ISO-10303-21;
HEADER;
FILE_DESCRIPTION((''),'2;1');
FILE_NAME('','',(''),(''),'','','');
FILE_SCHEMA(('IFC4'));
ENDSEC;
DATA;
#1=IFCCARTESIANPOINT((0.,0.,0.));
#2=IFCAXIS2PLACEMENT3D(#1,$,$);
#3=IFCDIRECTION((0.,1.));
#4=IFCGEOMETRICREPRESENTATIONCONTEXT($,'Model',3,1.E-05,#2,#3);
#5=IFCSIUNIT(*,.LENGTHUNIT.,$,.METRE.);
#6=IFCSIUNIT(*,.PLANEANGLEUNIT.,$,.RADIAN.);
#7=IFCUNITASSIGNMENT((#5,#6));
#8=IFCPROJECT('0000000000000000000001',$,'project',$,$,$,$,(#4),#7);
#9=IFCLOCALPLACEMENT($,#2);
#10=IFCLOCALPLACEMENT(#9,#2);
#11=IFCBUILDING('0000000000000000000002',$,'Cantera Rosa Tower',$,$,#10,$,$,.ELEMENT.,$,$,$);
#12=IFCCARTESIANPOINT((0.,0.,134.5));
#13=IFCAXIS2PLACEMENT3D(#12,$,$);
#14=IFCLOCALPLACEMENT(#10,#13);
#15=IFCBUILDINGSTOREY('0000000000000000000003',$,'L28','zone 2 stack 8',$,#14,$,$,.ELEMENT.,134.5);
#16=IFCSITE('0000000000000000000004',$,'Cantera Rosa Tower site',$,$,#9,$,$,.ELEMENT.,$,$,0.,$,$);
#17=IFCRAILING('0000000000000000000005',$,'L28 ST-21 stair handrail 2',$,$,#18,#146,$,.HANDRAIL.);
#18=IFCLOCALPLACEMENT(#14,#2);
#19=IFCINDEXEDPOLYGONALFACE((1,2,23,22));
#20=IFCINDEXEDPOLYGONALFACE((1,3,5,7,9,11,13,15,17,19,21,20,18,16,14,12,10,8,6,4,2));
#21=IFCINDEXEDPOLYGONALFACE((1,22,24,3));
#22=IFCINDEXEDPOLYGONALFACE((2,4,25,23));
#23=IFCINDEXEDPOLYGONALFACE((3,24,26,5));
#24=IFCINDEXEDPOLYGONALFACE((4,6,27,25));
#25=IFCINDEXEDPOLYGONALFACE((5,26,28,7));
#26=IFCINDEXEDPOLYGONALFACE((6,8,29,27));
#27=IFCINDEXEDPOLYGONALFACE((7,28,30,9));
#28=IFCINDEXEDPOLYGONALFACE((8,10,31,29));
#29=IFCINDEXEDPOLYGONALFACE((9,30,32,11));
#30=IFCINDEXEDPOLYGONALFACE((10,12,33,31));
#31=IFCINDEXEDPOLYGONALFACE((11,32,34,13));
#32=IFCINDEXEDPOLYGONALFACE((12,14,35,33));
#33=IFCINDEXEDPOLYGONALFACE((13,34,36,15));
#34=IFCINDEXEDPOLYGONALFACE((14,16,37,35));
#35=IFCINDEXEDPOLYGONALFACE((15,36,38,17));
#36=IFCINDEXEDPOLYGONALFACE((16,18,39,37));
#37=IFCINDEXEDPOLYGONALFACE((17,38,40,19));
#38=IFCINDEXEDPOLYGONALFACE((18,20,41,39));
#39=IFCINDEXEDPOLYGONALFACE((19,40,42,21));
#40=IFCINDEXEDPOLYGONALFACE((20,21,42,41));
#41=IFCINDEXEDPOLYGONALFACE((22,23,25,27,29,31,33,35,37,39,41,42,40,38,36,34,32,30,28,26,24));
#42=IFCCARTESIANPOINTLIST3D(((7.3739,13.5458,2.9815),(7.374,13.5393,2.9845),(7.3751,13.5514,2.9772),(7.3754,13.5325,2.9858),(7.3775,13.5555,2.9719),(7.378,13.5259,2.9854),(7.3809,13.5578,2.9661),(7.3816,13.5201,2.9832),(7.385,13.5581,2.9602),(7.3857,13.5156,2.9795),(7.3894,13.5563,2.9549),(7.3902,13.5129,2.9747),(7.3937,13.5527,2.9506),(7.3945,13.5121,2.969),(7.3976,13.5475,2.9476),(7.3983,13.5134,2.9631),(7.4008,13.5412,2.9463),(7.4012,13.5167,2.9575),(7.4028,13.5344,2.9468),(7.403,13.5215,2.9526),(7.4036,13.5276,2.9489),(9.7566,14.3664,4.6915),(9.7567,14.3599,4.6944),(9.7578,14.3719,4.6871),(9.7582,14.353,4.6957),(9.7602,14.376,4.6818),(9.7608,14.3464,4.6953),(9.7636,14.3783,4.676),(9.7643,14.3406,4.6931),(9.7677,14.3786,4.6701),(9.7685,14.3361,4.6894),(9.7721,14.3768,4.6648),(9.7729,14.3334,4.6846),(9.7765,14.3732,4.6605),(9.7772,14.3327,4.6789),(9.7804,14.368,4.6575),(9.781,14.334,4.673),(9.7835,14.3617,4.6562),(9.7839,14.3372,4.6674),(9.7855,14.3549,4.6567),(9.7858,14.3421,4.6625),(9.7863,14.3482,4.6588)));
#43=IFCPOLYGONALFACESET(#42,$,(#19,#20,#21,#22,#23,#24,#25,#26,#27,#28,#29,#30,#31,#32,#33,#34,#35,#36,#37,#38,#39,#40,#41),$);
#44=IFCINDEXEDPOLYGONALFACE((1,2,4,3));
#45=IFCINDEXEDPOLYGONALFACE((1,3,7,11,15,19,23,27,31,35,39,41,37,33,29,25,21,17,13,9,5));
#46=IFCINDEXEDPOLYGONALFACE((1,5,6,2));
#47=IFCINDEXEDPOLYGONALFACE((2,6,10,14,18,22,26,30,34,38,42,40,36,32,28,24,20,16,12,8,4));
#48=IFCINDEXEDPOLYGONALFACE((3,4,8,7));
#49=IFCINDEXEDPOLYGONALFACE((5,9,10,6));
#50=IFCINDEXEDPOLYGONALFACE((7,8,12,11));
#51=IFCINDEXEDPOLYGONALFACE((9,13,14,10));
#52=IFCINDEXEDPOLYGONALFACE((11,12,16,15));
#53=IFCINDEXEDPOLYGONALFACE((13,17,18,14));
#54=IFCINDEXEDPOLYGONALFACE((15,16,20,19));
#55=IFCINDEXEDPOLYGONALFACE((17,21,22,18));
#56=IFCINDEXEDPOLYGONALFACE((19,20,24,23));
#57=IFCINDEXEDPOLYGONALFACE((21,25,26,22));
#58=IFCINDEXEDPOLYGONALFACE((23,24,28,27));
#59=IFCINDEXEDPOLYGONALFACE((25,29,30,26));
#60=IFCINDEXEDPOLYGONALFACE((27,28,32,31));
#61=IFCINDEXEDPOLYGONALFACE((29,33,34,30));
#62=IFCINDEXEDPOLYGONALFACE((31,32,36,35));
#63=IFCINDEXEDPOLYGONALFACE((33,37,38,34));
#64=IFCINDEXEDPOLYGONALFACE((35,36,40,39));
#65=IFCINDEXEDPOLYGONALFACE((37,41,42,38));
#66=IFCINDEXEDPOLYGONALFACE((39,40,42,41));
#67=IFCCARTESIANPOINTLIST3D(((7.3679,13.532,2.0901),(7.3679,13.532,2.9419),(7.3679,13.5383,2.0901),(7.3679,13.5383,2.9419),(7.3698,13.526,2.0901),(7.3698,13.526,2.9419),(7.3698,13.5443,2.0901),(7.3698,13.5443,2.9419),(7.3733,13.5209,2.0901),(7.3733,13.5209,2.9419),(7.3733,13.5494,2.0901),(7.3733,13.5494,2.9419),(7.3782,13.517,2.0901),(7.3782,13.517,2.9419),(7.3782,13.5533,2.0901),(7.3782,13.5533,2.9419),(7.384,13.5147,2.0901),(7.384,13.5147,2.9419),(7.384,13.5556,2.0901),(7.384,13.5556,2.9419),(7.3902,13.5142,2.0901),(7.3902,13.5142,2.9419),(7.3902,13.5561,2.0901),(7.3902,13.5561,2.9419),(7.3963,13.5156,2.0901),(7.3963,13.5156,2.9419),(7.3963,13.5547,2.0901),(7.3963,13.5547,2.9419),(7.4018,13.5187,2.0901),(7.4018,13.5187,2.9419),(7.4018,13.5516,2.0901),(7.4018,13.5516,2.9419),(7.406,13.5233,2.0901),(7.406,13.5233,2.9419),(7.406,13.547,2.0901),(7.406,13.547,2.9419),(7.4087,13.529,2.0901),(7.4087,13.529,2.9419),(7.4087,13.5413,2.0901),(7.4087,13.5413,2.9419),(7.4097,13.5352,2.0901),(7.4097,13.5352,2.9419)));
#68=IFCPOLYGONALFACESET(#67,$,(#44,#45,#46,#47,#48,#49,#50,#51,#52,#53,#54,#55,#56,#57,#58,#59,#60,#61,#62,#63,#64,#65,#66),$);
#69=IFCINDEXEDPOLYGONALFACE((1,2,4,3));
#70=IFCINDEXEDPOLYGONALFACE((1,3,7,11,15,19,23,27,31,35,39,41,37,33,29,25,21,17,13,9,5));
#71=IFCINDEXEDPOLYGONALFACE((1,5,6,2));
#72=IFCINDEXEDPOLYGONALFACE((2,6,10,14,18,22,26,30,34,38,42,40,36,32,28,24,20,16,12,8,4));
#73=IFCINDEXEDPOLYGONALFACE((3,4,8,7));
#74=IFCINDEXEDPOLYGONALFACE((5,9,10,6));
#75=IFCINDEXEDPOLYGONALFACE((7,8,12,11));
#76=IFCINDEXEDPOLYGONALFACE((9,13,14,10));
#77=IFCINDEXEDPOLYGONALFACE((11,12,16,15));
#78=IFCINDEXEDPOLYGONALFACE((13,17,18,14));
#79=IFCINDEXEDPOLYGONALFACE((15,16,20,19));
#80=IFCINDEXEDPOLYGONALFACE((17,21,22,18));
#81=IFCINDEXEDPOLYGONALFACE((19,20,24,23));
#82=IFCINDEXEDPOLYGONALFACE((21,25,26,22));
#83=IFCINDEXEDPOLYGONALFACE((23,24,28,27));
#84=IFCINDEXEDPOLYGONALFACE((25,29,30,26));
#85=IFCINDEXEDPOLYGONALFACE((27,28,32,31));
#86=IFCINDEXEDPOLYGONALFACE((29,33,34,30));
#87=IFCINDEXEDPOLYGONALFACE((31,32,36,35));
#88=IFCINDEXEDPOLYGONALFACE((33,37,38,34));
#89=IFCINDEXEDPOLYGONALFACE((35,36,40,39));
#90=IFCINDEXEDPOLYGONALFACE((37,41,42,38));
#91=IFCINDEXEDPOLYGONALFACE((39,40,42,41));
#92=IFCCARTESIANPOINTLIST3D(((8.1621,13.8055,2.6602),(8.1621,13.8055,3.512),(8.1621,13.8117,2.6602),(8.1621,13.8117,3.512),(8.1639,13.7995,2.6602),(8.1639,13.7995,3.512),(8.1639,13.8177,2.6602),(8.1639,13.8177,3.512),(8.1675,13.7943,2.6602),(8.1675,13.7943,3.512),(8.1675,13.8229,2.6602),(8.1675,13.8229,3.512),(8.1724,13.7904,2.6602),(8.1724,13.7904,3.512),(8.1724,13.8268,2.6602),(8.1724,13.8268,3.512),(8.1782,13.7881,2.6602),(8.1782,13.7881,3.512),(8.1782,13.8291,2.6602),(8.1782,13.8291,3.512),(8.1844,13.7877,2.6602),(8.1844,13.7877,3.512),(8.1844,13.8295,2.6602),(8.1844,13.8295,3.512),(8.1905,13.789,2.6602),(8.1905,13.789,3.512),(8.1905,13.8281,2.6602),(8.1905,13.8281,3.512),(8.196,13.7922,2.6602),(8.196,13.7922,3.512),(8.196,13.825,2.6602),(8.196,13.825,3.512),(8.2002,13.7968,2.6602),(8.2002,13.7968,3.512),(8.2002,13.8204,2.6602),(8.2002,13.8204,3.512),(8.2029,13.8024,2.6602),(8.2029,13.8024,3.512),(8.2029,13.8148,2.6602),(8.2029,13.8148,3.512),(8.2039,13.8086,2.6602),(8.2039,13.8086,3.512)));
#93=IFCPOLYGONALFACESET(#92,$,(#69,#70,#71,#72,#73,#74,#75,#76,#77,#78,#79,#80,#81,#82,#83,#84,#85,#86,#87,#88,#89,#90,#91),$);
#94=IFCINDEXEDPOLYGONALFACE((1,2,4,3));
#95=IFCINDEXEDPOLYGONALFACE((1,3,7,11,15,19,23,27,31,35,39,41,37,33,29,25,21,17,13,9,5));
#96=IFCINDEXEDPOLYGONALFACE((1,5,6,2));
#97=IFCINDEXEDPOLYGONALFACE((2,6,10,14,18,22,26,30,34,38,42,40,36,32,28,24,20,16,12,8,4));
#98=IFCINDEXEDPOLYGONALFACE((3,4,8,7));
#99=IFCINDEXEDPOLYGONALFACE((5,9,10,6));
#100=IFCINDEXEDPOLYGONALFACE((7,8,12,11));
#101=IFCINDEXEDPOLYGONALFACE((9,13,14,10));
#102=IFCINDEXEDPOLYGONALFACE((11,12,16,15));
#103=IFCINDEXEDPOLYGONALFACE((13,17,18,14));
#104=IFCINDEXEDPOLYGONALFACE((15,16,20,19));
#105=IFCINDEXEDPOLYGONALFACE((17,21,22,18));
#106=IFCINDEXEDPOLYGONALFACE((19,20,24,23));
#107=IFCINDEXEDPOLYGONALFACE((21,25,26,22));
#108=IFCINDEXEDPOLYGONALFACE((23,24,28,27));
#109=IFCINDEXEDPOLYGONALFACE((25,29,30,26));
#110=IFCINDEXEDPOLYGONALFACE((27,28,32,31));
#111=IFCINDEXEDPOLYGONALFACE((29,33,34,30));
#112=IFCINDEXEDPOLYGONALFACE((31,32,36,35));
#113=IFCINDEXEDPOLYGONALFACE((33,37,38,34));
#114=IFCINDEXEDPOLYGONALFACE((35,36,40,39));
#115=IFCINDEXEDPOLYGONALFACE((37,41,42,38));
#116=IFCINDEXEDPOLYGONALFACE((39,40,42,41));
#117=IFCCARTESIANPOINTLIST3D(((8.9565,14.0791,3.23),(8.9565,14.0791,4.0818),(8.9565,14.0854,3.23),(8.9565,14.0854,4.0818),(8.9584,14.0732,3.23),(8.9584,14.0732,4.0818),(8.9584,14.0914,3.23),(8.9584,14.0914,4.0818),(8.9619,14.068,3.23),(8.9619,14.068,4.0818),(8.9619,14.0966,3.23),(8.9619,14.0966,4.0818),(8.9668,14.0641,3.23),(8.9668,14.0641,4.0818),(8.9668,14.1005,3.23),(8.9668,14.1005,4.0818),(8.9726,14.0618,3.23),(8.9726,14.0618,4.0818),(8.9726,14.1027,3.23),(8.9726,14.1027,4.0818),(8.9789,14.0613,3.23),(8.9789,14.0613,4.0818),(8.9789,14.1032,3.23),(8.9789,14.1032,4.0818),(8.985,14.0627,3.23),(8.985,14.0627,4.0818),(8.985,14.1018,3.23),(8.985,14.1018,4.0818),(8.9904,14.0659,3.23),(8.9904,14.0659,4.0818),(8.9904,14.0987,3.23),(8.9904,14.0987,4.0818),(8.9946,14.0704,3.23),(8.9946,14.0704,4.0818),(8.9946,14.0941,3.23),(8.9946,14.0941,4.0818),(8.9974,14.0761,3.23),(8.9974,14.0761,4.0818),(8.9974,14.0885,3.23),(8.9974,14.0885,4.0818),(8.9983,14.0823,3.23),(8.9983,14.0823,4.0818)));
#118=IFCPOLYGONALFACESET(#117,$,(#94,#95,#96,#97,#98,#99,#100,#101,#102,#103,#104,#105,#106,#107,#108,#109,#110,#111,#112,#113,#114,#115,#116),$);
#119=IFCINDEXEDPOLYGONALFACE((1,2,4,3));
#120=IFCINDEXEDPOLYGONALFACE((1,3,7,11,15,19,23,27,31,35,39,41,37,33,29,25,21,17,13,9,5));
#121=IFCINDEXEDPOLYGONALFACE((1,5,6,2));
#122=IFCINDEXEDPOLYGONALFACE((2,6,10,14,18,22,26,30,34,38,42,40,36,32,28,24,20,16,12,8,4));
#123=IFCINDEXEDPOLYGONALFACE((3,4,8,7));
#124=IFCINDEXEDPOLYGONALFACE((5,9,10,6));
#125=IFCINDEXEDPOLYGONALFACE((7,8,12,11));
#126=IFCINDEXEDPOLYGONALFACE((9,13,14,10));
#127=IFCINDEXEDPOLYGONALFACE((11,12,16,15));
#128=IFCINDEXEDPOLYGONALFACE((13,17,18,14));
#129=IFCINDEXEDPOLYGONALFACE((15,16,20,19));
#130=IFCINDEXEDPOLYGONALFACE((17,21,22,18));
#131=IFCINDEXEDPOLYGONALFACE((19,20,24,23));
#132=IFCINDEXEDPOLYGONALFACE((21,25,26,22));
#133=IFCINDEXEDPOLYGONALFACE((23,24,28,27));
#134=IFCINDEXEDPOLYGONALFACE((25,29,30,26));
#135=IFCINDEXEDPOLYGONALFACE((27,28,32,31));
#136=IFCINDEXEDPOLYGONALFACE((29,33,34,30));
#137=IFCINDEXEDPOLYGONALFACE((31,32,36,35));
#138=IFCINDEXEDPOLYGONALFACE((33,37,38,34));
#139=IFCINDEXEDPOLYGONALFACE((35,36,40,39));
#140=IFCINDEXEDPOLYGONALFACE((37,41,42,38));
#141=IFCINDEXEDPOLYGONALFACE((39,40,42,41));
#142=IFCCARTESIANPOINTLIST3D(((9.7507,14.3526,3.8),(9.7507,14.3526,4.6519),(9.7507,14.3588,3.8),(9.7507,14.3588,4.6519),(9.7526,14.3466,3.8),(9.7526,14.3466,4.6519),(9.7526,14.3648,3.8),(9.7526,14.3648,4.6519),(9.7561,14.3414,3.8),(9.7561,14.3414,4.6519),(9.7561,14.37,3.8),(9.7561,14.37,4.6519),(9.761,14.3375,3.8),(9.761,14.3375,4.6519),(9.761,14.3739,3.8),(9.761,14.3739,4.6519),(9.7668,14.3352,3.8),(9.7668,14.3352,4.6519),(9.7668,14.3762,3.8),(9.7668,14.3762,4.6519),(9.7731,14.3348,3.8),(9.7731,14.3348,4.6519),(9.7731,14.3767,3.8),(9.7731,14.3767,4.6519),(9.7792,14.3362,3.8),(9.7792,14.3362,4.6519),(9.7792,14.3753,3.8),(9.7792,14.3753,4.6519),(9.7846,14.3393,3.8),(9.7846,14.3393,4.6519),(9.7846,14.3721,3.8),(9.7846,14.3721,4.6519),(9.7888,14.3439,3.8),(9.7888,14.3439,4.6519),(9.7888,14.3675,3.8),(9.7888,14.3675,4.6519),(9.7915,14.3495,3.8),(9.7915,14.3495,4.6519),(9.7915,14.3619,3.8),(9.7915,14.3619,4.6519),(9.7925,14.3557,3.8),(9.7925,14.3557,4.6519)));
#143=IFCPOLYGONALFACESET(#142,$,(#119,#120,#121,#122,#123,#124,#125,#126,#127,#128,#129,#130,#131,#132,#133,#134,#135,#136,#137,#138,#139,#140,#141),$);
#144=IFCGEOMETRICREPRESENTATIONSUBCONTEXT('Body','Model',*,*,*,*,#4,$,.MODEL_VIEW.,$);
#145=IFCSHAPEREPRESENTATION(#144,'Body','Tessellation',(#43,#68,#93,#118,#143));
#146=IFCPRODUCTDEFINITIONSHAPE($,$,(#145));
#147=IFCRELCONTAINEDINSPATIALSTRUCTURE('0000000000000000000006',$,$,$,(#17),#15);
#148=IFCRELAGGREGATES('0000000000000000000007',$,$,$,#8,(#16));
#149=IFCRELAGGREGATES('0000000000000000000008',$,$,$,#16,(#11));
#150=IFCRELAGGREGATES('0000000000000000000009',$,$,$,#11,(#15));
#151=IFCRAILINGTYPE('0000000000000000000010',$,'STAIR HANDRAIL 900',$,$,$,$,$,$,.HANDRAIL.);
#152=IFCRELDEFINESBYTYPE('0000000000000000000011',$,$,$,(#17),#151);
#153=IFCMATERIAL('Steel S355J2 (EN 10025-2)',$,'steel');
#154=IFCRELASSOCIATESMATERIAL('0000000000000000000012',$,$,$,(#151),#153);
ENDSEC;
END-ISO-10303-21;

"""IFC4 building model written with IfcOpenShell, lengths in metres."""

from ifc_helpers import new_model, si_unit, direction, frame, origin, origin_2d, place, context, subcontext, project, spatial, circle, extrude, material, type_object, element, save


model = new_model("IFC4")

# Units and contexts
model_context = context("Model", 3, precision=1e-05, world=origin(), true_north=direction((0.0, 1.0)))
body_context = subcontext(model_context, "Body", "Model", "MODEL_VIEW")
ifc_project = project(units=[si_unit("LENGTHUNIT", "METRE"), si_unit("PLANEANGLEUNIT", "RADIAN")], contexts=[model_context])

# Site, building, storey
site_placement = place(None, origin())
site = spatial("IfcSite", under=ifc_project, at=site_placement, Name="Cantera Rosa Tower site", CompositionType="ELEMENT", RefElevation=0.0)
building_placement = place(site_placement, origin())
building = spatial("IfcBuilding", under=site, at=building_placement, Name="Cantera Rosa Tower", CompositionType="ELEMENT")
storey_placement = place(building_placement, frame((0.0, 0.0, 134.5)))
storey = spatial("IfcBuildingStorey", under=building, at=storey_placement, Name="L28", Description="zone 2 stack 8", CompositionType="ELEMENT", Elevation=134.5)

# Railing
ifc_material_1 = material(Name="Steel S355J2 (EN 10025-2)", Category="steel")
railing_type_1 = type_object("IfcRailingType", Name="STAIR HANDRAIL 900", PredefinedType="HANDRAIL", material=ifc_material_1)
railing_1_placement = place(storey_placement, frame((7.3887, 13.5352, 2.0901)))
element("IfcRailing", 1, at=railing_1_placement, inside=storey, type_object=railing_type_1, Name="L28 ST-21 stair handrail 2", PredefinedType="HANDRAIL", context=body_context, shape_type="SweptSolid", body=[
    extrude(circle(Radius=0.0239, at=origin_2d()), frame((0.0, 0.0, 0.876), z_axis=(0.782404, 0.269432, 0.561471), x_axis=(-0.3256, 0.945508, 0.0)), (0.0, 0.0, 1.0), 3.0454),
    extrude(circle(Radius=0.021, at=origin_2d()), origin(), (0.0, 0.0, 1.0), 0.8518),
    extrude(circle(Radius=0.021, at=origin_2d()), frame((0.7942, 0.2734, 0.5701)), (0.0, 0.0, 1.0), 0.8518),
    extrude(circle(Radius=0.021, at=origin_2d()), frame((1.5886, 0.5471, 1.1399)), (0.0, 0.0, 1.0), 0.8518),
    extrude(circle(Radius=0.021, at=origin_2d()), frame((2.3828, 0.8206, 1.71)), (0.0, 0.0, 1.0), 0.8518),
])

save(model, "model.ifc")
